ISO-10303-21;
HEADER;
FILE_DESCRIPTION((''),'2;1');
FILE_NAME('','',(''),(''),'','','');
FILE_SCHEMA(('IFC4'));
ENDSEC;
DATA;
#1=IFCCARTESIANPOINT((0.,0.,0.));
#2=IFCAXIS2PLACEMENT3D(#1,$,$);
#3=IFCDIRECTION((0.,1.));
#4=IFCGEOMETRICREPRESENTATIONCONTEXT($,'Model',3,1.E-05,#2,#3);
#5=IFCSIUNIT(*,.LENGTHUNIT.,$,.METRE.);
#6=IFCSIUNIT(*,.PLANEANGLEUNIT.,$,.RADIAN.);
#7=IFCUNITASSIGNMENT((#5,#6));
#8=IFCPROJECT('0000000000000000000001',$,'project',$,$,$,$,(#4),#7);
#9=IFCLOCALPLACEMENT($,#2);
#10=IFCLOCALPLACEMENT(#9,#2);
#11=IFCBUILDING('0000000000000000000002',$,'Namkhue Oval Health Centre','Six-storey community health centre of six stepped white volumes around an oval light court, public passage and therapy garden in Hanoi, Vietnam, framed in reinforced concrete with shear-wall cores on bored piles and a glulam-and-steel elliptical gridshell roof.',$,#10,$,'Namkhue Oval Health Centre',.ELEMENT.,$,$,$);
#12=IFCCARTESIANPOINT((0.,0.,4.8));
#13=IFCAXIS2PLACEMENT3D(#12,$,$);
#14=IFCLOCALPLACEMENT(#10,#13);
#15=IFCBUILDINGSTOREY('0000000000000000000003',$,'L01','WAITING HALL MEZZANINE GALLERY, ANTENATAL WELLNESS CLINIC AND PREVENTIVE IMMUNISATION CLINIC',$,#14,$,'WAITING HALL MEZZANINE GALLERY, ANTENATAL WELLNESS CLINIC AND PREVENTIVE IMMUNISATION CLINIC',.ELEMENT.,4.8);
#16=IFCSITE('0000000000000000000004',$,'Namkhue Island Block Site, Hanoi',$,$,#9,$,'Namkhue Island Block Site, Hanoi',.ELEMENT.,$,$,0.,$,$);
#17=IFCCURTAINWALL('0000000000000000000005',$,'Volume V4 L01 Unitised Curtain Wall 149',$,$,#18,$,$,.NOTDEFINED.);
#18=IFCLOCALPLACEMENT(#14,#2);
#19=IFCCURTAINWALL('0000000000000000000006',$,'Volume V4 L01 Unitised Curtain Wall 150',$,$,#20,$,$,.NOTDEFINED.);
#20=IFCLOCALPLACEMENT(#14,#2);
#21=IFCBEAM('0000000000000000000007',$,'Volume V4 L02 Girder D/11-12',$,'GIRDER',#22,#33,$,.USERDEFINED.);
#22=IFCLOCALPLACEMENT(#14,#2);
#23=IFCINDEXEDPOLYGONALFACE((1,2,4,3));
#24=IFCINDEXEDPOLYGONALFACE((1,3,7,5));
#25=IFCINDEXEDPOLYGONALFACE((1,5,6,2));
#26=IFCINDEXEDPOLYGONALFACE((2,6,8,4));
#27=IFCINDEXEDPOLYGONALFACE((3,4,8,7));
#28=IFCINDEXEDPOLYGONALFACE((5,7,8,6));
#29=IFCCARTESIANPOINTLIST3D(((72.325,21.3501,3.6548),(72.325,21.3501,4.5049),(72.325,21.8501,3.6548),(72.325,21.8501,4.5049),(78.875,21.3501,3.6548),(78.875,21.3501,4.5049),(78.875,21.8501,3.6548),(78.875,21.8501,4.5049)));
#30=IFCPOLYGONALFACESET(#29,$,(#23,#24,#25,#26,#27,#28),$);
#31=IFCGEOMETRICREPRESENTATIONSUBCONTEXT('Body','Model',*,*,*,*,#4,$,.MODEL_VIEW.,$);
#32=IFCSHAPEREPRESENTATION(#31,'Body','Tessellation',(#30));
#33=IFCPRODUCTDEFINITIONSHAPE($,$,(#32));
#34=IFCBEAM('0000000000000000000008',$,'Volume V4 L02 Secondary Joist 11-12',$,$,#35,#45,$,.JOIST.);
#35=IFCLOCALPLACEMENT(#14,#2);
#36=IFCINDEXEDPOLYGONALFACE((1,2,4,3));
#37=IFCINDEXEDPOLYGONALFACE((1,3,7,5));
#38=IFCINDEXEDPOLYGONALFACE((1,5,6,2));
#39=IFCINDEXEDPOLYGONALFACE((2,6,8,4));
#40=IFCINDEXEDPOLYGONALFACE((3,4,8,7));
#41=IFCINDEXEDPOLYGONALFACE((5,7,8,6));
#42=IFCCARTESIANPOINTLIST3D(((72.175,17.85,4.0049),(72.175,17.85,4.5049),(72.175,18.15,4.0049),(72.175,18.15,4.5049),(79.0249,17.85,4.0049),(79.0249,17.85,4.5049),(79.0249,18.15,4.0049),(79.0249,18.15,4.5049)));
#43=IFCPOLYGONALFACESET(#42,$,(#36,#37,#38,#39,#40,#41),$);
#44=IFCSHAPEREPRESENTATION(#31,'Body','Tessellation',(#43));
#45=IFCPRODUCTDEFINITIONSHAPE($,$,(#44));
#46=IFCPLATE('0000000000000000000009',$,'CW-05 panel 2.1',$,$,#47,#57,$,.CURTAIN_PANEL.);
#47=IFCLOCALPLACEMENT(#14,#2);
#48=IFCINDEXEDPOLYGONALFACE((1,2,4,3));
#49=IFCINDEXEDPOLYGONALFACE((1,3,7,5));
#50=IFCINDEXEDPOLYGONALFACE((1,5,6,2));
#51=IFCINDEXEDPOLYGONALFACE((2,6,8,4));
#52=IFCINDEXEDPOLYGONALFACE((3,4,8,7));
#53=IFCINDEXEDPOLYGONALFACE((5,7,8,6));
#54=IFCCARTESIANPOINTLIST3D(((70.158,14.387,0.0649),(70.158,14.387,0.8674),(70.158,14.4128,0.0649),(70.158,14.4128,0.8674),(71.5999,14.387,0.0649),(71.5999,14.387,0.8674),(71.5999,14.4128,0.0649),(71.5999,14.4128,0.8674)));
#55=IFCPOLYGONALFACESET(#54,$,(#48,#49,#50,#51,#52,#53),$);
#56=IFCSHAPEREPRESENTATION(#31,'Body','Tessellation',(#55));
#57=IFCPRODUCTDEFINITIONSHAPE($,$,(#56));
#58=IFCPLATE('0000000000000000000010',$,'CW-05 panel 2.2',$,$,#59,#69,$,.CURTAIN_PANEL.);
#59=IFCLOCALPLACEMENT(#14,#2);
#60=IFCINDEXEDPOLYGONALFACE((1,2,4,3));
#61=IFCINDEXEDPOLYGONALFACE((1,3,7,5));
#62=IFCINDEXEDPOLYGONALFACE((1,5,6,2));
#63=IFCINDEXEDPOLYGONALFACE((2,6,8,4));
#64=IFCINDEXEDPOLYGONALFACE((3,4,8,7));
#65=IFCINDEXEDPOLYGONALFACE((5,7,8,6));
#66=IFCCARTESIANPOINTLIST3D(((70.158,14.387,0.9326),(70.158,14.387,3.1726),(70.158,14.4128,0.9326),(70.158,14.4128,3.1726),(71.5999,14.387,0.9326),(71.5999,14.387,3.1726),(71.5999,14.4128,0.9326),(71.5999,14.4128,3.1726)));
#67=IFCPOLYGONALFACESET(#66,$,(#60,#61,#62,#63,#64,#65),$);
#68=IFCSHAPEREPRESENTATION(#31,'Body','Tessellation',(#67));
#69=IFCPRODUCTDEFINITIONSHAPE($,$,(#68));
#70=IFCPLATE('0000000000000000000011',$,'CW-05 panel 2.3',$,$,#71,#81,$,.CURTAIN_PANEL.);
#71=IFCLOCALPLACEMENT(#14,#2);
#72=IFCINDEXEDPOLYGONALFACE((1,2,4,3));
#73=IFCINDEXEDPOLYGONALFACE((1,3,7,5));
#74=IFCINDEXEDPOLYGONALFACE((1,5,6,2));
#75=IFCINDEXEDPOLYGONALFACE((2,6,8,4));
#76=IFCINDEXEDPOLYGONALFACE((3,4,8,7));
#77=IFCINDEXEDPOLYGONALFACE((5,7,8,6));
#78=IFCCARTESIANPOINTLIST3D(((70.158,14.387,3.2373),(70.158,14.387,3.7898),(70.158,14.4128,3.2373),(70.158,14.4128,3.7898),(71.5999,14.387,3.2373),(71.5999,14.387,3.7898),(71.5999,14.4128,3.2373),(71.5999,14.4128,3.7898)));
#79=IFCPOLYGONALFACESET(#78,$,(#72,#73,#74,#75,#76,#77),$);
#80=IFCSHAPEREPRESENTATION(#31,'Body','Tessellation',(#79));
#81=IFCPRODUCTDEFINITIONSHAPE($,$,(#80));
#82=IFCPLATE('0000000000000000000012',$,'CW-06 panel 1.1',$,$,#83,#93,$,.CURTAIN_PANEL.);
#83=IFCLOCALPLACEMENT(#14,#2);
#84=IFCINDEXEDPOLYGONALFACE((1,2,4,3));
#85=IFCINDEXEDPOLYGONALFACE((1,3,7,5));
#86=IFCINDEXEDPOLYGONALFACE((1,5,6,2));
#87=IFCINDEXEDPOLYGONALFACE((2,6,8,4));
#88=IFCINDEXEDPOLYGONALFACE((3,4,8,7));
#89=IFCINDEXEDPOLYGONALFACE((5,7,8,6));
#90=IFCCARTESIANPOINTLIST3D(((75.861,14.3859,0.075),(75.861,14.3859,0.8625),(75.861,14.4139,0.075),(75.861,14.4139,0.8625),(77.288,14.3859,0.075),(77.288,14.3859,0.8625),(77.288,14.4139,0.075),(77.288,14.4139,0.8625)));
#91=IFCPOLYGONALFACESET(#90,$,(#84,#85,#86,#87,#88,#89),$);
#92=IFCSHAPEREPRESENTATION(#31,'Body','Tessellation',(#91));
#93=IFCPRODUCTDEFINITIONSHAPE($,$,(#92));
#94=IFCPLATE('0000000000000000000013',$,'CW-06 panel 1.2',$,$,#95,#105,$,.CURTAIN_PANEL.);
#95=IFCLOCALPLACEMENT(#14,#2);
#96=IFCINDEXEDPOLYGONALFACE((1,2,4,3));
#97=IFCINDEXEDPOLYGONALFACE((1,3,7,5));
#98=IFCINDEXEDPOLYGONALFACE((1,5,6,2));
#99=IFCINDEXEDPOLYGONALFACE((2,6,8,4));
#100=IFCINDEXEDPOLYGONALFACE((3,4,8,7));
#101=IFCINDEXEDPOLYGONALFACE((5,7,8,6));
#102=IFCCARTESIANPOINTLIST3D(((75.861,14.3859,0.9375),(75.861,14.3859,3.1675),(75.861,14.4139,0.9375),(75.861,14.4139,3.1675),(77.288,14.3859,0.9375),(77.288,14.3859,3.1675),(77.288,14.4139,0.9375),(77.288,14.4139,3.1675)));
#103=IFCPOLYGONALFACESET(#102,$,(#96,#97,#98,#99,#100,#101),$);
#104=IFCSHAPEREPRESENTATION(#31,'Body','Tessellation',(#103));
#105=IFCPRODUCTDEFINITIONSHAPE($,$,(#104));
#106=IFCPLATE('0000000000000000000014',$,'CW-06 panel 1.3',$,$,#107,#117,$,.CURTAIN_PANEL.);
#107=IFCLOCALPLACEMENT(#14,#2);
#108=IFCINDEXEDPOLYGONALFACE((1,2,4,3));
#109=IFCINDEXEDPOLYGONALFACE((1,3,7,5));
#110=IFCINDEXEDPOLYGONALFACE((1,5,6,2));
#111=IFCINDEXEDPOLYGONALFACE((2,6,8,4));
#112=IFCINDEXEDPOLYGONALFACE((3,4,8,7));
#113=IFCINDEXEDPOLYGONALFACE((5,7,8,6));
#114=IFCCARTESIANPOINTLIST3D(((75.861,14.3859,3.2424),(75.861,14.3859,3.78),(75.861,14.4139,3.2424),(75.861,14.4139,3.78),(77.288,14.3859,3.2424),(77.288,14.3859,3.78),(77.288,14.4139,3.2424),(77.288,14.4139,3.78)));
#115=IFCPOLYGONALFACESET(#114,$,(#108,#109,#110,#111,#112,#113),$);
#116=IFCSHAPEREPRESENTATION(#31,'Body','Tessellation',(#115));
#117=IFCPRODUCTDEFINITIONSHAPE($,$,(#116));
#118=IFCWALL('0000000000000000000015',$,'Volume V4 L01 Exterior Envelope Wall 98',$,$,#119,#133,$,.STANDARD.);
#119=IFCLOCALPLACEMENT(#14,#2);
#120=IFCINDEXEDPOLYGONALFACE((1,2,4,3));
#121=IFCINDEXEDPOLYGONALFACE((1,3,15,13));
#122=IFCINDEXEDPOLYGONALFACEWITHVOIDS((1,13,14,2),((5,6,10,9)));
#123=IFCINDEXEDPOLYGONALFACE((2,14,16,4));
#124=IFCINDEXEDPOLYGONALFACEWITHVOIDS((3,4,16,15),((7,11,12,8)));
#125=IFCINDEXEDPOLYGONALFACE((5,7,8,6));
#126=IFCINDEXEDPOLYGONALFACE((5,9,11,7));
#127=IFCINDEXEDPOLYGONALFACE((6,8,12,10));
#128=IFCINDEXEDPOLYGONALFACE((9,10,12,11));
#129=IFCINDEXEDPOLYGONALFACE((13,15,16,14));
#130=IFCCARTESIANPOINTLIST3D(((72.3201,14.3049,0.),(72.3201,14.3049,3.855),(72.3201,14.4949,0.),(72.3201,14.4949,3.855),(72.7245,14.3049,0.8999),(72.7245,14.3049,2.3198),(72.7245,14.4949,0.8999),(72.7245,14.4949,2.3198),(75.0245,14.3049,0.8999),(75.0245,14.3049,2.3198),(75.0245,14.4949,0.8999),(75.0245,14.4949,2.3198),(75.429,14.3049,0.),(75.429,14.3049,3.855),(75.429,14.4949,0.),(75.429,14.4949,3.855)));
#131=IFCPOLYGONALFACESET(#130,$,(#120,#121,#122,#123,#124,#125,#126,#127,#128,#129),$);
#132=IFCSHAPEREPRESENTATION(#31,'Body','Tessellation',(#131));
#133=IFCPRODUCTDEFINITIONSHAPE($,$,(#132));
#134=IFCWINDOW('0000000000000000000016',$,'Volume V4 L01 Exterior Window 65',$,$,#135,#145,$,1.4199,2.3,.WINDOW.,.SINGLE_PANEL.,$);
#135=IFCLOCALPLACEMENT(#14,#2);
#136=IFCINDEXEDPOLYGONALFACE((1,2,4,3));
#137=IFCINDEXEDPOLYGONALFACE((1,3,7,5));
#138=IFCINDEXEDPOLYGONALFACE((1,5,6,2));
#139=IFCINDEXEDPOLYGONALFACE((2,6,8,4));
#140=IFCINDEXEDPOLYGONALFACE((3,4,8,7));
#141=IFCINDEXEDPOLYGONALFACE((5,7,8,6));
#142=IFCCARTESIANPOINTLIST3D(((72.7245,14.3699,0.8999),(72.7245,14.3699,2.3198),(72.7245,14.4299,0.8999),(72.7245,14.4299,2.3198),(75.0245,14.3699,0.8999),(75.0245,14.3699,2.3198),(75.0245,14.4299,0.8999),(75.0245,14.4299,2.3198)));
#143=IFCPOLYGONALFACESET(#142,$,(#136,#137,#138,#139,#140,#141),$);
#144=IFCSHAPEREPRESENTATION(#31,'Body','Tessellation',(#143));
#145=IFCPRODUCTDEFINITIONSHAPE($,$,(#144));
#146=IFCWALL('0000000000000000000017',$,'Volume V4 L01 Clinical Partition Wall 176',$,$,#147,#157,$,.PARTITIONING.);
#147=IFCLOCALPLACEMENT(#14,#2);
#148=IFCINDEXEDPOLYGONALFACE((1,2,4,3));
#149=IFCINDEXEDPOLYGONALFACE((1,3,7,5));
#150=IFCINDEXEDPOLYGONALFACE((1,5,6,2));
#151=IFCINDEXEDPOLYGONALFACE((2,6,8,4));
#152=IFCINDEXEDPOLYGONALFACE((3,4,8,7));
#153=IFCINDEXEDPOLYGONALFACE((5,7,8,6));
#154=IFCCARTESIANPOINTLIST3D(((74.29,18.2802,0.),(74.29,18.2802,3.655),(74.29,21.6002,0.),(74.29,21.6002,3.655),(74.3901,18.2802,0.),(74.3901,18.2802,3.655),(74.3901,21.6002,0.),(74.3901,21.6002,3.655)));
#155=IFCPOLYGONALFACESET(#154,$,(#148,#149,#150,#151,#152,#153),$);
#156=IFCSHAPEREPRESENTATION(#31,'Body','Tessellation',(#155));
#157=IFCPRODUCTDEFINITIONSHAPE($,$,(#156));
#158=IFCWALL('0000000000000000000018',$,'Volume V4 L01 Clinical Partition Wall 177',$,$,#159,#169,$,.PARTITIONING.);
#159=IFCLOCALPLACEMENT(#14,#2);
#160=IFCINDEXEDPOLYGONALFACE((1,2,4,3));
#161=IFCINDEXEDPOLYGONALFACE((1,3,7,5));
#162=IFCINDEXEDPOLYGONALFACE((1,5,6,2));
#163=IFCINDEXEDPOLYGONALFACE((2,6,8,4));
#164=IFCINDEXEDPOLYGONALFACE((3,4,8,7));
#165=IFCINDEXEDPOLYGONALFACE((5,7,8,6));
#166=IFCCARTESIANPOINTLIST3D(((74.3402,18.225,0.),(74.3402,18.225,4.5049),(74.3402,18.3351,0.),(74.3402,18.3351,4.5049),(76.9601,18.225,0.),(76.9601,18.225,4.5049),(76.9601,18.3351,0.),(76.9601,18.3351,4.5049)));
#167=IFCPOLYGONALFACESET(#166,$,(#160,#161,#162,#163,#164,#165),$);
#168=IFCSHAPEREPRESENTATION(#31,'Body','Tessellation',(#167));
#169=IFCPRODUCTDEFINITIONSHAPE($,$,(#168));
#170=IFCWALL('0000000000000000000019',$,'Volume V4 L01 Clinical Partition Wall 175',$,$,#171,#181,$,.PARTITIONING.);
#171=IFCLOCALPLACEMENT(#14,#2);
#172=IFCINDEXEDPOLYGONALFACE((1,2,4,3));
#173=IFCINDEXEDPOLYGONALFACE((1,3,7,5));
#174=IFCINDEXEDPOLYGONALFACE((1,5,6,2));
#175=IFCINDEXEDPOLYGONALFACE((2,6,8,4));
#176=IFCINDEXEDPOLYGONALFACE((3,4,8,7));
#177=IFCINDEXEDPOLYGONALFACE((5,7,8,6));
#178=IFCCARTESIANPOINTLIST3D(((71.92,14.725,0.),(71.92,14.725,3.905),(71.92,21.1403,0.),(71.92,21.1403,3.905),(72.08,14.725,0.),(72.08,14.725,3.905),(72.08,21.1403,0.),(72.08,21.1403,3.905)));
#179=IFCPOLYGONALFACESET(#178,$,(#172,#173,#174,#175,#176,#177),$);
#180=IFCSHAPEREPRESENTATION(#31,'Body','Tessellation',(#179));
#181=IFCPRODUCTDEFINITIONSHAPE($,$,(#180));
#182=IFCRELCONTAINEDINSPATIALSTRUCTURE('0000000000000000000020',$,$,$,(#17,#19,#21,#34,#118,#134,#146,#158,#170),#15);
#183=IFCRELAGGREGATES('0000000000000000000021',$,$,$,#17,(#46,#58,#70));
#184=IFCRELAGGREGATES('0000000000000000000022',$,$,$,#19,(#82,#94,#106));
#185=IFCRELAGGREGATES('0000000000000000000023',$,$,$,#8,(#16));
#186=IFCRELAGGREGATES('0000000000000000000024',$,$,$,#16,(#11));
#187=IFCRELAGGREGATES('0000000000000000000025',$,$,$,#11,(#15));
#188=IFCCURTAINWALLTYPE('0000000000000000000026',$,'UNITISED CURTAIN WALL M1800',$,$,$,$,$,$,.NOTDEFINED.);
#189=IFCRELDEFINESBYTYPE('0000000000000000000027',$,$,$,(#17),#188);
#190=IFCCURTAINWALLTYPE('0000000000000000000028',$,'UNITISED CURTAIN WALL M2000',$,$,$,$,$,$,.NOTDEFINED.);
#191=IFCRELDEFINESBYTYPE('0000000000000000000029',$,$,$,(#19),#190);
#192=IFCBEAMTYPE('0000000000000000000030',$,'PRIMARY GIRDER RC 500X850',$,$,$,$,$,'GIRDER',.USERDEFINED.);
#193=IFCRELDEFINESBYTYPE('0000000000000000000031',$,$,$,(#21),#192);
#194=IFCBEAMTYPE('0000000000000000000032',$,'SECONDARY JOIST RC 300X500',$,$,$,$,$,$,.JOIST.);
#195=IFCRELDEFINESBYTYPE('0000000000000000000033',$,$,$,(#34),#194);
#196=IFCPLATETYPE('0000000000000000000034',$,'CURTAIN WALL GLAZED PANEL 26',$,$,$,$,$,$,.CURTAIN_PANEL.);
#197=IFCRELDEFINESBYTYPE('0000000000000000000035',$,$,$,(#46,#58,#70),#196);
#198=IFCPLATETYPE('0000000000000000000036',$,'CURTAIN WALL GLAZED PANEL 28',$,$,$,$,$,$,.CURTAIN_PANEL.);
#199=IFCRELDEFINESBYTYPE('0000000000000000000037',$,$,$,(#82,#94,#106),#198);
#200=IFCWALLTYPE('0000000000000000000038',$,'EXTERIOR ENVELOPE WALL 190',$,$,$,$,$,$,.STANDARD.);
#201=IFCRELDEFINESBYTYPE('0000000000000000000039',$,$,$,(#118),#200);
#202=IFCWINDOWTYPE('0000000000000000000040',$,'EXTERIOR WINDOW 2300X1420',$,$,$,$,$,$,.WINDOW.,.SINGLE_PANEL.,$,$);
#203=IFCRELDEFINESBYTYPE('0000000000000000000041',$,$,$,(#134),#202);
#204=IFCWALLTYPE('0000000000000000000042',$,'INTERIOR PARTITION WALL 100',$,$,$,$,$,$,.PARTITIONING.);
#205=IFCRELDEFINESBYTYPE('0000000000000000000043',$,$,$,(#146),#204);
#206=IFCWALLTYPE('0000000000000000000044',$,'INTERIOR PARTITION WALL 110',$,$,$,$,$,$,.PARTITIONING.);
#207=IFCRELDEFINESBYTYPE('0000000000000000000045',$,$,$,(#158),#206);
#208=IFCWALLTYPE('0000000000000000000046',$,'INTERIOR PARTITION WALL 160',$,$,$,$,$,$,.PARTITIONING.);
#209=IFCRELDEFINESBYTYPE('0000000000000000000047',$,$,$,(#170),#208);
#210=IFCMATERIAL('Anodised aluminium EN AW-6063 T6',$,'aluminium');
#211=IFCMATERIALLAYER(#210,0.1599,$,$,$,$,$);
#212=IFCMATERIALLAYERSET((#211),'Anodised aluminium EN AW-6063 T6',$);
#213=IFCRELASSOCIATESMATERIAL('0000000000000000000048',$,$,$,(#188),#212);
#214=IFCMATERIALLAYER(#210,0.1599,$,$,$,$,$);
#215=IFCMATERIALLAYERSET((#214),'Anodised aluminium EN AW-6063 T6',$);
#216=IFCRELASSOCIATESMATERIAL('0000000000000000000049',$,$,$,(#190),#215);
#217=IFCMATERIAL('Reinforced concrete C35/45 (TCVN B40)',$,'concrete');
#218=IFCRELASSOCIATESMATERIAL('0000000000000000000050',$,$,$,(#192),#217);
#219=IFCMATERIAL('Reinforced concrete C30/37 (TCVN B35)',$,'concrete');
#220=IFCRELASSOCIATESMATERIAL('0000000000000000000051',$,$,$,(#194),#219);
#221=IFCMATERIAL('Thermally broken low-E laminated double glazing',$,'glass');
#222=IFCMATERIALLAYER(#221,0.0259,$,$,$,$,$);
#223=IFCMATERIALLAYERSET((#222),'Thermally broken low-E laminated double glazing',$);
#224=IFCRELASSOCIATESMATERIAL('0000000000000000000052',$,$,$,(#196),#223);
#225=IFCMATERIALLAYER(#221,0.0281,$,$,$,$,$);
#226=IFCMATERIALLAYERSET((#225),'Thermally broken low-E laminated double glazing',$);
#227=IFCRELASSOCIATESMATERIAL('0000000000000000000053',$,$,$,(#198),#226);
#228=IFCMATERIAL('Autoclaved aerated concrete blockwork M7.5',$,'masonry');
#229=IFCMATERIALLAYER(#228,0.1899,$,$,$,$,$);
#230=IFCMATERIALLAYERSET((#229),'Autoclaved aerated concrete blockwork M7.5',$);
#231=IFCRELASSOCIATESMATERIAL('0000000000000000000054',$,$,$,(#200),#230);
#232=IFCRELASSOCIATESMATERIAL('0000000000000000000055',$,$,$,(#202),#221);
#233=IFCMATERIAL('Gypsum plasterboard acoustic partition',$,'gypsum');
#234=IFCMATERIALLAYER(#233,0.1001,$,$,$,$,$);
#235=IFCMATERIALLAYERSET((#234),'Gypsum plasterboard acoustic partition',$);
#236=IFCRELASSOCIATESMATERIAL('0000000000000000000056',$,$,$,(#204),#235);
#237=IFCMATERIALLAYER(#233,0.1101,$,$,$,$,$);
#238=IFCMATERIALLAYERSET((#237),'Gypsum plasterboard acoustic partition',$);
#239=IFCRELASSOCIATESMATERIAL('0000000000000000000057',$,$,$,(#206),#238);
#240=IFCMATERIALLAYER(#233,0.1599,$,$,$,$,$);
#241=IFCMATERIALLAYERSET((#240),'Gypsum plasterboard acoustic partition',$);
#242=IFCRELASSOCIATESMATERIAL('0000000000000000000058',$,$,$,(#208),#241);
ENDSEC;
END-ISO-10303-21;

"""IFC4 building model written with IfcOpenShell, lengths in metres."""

from ifc_helpers import new_model, si_unit, direction, frame, frame_2d, origin, origin_2d, place, context, subcontext, project, spatial, rectangle, extrude, material, layer, layer_set, material_profile, profile_set, type_object, element, fill, aggregate, save


model = new_model("IFC4")

# Units and contexts
model_context = context("Model", 3, precision=1e-05, world=origin(), true_north=direction((0.0, 1.0)))
body_context = subcontext(model_context, "Body", "Model", "MODEL_VIEW")
ifc_project = project(units=[si_unit("LENGTHUNIT", "METRE"), si_unit("PLANEANGLEUNIT", "RADIAN")], contexts=[model_context])

# Site, building, storey
site_placement = place(None, origin())
site = spatial("IfcSite", under=ifc_project, at=site_placement, Name="Namkhue Island Block Site, Hanoi", LongName="Namkhue Island Block Site, Hanoi", CompositionType="ELEMENT", RefElevation=0.0)
building_placement = place(site_placement, origin())
building = spatial("IfcBuilding", under=site, at=building_placement, Name="Namkhue Oval Health Centre", Description="Six-storey community health centre of six stepped white volumes around an oval light court, public passage and therapy garden in Hanoi, Vietnam, framed in reinforced concrete with shear-wall cores on bored piles and a glulam-and-steel elliptical gridshell roof.", LongName="Namkhue Oval Health Centre", CompositionType="ELEMENT")
storey_placement = place(building_placement, frame((0.0, 0.0, 4.8)))
storey = spatial("IfcBuildingStorey", under=building, at=storey_placement, Name="L01", Description="WAITING HALL MEZZANINE GALLERY, ANTENATAL WELLNESS CLINIC AND PREVENTIVE IMMUNISATION CLINIC", LongName="WAITING HALL MEZZANINE GALLERY, ANTENATAL WELLNESS CLINIC AND PREVENTIVE IMMUNISATION CLINIC", CompositionType="ELEMENT", Elevation=4.8)

# Shared definitions
ifc_material_1 = material(Name="Reinforced concrete C35/45 (TCVN B40)", Category="concrete")

# Curtain wall
ifc_material_2 = material(Name="Anodised aluminium EN AW-6063 T6", Category="aluminium")
ifc_layer_1 = layer(ifc_material_2, 0.1599)
ifc_layer_set_1 = layer_set([ifc_layer_1], Name="Anodised aluminium EN AW-6063 T6")
curtain_wall_type_1 = type_object("IfcCurtainWallType", Name="UNITISED CURTAIN WALL M1800", PredefinedType="NOTDEFINED", material=ifc_layer_set_1)
curtain_wall_1_placement = place(storey_placement, origin())
curtain_wall_1 = element("IfcCurtainWall", 1, at=curtain_wall_1_placement, inside=storey, type_object=curtain_wall_type_1, Name="Volume V4 L01 Unitised Curtain Wall 149", PredefinedType="NOTDEFINED")

# Curtain wall
ifc_layer_2 = layer(ifc_material_2, 0.1599)
ifc_layer_set_2 = layer_set([ifc_layer_2], Name="Anodised aluminium EN AW-6063 T6")
curtain_wall_type_2 = type_object("IfcCurtainWallType", Name="UNITISED CURTAIN WALL M2000", PredefinedType="NOTDEFINED", material=ifc_layer_set_2)
curtain_wall_2_placement = place(storey_placement, origin())
curtain_wall_2 = element("IfcCurtainWall", 2, at=curtain_wall_2_placement, inside=storey, type_object=curtain_wall_type_2, Name="Volume V4 L01 Unitised Curtain Wall 150", PredefinedType="NOTDEFINED")

# Beams
ifc_material_3 = material(Name="Reinforced concrete C30/37 (TCVN B35)", Category="concrete")
ifc_material_profile_1 = material_profile(ifc_material_1, rectangle(XDim=0.5, YDim=0.8501, at=origin_2d()), Name="RC 500x850")
ifc_profile_set_1 = profile_set([ifc_material_profile_1], Name="Reinforced concrete C35/45 (TCVN B40)")
beam_type_1 = type_object("IfcBeamType", Name="PRIMARY GIRDER RC 500X850", ElementType="GIRDER", PredefinedType="USERDEFINED", material=ifc_profile_set_1)
beam_1_placement = place(storey_placement, frame((72.325, 21.6001, 4.0798), z_axis=(1.0, 0.0, 0.0), x_axis=(0.0, 1.0, 0.0)))
element("IfcBeam", 3, at=beam_1_placement, inside=storey, type_object=beam_type_1, Name="Volume V4 L02 Girder D/11-12", ObjectType="GIRDER", PredefinedType="USERDEFINED", context=body_context, shape_type="SweptSolid", body=[
    extrude(rectangle(XDim=0.5, YDim=0.8501, at=origin_2d()), origin(), (0.0, 0.0, 1.0), 6.55),
])
ifc_material_profile_2 = material_profile(ifc_material_3, rectangle(XDim=0.3, YDim=0.5, at=origin_2d()), Name="RC 300x500")
ifc_profile_set_2 = profile_set([ifc_material_profile_2], Name="Reinforced concrete C30/37 (TCVN B35)")
beam_type_2 = type_object("IfcBeamType", Name="SECONDARY JOIST RC 300X500", PredefinedType="JOIST", material=ifc_profile_set_2)
beam_2_placement = place(storey_placement, frame((72.175, 18.0, 4.2549), z_axis=(1.0, 0.0, 0.0), x_axis=(0.0, 1.0, 0.0)))
element("IfcBeam", 4, at=beam_2_placement, inside=storey, type_object=beam_type_2, Name="Volume V4 L02 Secondary Joist 11-12", PredefinedType="JOIST", context=body_context, shape_type="SweptSolid", body=[
    extrude(rectangle(XDim=0.3, YDim=0.5, at=origin_2d()), origin(), (0.0, 0.0, 1.0), 6.8499),
])

# Plates
ifc_material_4 = material(Name="Thermally broken low-E laminated double glazing", Category="glass")
ifc_layer_3 = layer(ifc_material_4, 0.0259)
ifc_layer_set_3 = layer_set([ifc_layer_3], Name="Thermally broken low-E laminated double glazing")
plate_type_1 = type_object("IfcPlateType", Name="CURTAIN WALL GLAZED PANEL 26", PredefinedType="CURTAIN_PANEL", material=ifc_layer_set_3)
plate_1_placement = place(storey_placement, frame((70.8789, 14.3999, 0.0649), z_axis=(0.0, 0.0, 1.0), x_axis=(1.0, 0.0, 0.0)))
plate_1 = element("IfcPlate", 5, at=plate_1_placement, type_object=plate_type_1, Name="CW-05 panel 2.1", PredefinedType="CURTAIN_PANEL", context=body_context, shape_type="SweptSolid", body=[
    extrude(rectangle(XDim=1.4419, YDim=0.0259, at=origin_2d()), origin(), (0.0, 0.0, 1.0), 0.8025),
])
plate_2_placement = place(storey_placement, frame((70.8789, 14.3999, 0.9326), z_axis=(0.0, 0.0, 1.0), x_axis=(1.0, 0.0, 0.0)))
plate_2 = element("IfcPlate", 6, at=plate_2_placement, type_object=plate_type_1, Name="CW-05 panel 2.2", PredefinedType="CURTAIN_PANEL", context=body_context, shape_type="SweptSolid", body=[
    extrude(rectangle(XDim=1.4419, YDim=0.0259, at=origin_2d()), origin(), (0.0, 0.0, 1.0), 2.24),
])
plate_3_placement = place(storey_placement, frame((70.8789, 14.3999, 3.2373), z_axis=(0.0, 0.0, 1.0), x_axis=(1.0, 0.0, 0.0)))
plate_3 = element("IfcPlate", 7, at=plate_3_placement, type_object=plate_type_1, Name="CW-05 panel 2.3", PredefinedType="CURTAIN_PANEL", context=body_context, shape_type="SweptSolid", body=[
    extrude(rectangle(XDim=1.4419, YDim=0.0259, at=origin_2d()), origin(), (0.0, 0.0, 1.0), 0.5525),
])
aggregate(curtain_wall_1, [plate_1, plate_2, plate_3])
ifc_layer_4 = layer(ifc_material_4, 0.0281)
ifc_layer_set_4 = layer_set([ifc_layer_4], Name="Thermally broken low-E laminated double glazing")
plate_type_2 = type_object("IfcPlateType", Name="CURTAIN WALL GLAZED PANEL 28", PredefinedType="CURTAIN_PANEL", material=ifc_layer_set_4)
plate_4_placement = place(storey_placement, frame((76.5745, 14.3999, 0.075), z_axis=(0.0, 0.0, 1.0), x_axis=(1.0, 0.0, 0.0)))
plate_4 = element("IfcPlate", 8, at=plate_4_placement, type_object=plate_type_2, Name="CW-06 panel 1.1", PredefinedType="CURTAIN_PANEL", context=body_context, shape_type="SweptSolid", body=[
    extrude(rectangle(XDim=1.427, YDim=0.0281, at=origin_2d()), origin(), (0.0, 0.0, 1.0), 0.7876),
])
plate_5_placement = place(storey_placement, frame((76.5745, 14.3999, 0.9375), z_axis=(0.0, 0.0, 1.0), x_axis=(1.0, 0.0, 0.0)))
plate_5 = element("IfcPlate", 9, at=plate_5_placement, type_object=plate_type_2, Name="CW-06 panel 1.2", PredefinedType="CURTAIN_PANEL", context=body_context, shape_type="SweptSolid", body=[
    extrude(rectangle(XDim=1.427, YDim=0.0281, at=origin_2d()), origin(), (0.0, 0.0, 1.0), 2.23),
])
plate_6_placement = place(storey_placement, frame((76.5745, 14.3999, 3.2424), z_axis=(0.0, 0.0, 1.0), x_axis=(1.0, 0.0, 0.0)))
plate_6 = element("IfcPlate", 10, at=plate_6_placement, type_object=plate_type_2, Name="CW-06 panel 1.3", PredefinedType="CURTAIN_PANEL", context=body_context, shape_type="SweptSolid", body=[
    extrude(rectangle(XDim=1.427, YDim=0.0281, at=origin_2d()), origin(), (0.0, 0.0, 1.0), 0.5376),
])
aggregate(curtain_wall_2, [plate_4, plate_5, plate_6])

# Wall, opening, window
ifc_material_5 = material(Name="Autoclaved aerated concrete blockwork M7.5", Category="masonry")
ifc_layer_5 = layer(ifc_material_5, 0.1899)
ifc_layer_set_5 = layer_set([ifc_layer_5], Name="Autoclaved aerated concrete blockwork M7.5")
wall_type_1 = type_object("IfcWallType", Name="EXTERIOR ENVELOPE WALL 190", PredefinedType="STANDARD", material=ifc_layer_set_5)
wall_1_placement = place(storey_placement, frame((72.3201, 14.3999, 0.0), z_axis=(0.0, 0.0, 1.0), x_axis=(1.0, 0.0, 0.0)))
wall_1 = element("IfcWall", 11, at=wall_1_placement, inside=storey, type_object=wall_type_1, Name="Volume V4 L01 Exterior Envelope Wall 98", PredefinedType="STANDARD", context=body_context, shape_type="SweptSolid", body=[
    extrude(rectangle(XDim=3.1089, YDim=0.1899, at=frame_2d((1.5544, 0.0))), origin(), (0.0, 0.0, 1.0), 3.855),
])
opening_placement = place(wall_1_placement, frame((0.4045, 0.0, 0.8999)))
opening = element("IfcOpeningElement", 12, at=opening_placement, cuts=wall_1, PredefinedType="OPENING", context=body_context, shape_type="SweptSolid", body=[
    extrude(rectangle(XDim=2.3, YDim=1.4199, at=frame_2d((1.1499, 0.71))), frame((0.0, 0.105, 0.0), z_axis=(0.0, -1.0, 0.0), x_axis=(1.0, 0.0, 0.0)), (0.0, 0.0, 1.0), 0.21),
])
window_type = type_object("IfcWindowType", Name="EXTERIOR WINDOW 2300X1420", PartitioningType="SINGLE_PANEL", PredefinedType="WINDOW", material=ifc_material_4)
window_placement = place(opening_placement, origin())
window = element("IfcWindow", 13, at=window_placement, inside=storey, type_object=window_type, Name="Volume V4 L01 Exterior Window 65", OverallHeight=1.4199, OverallWidth=2.3, PartitioningType="SINGLE_PANEL", PredefinedType="WINDOW", context=body_context, shape_type="SweptSolid", body=[
    extrude(rectangle(XDim=2.3, YDim=1.4199, at=frame_2d((1.1499, 0.71))), frame((0.0, 0.03, 0.0), z_axis=(0.0, -1.0, 0.0), x_axis=(1.0, 0.0, 0.0)), (0.0, 0.0, 1.0), 0.0601),
])
fill(opening, window)

# Walls
ifc_material_6 = material(Name="Gypsum plasterboard acoustic partition", Category="gypsum")
ifc_layer_6 = layer(ifc_material_6, 0.1001)
ifc_layer_set_6 = layer_set([ifc_layer_6], Name="Gypsum plasterboard acoustic partition")
wall_type_2 = type_object("IfcWallType", Name="INTERIOR PARTITION WALL 100", PredefinedType="PARTITIONING", material=ifc_layer_set_6)
wall_2_placement = place(storey_placement, frame((74.3401, 18.28, 0.0), z_axis=(0.0, 0.0, 1.0), x_axis=(0.0, 1.0, 0.0)))
element("IfcWall", 14, at=wall_2_placement, inside=storey, type_object=wall_type_2, Name="Volume V4 L01 Clinical Partition Wall 176", PredefinedType="PARTITIONING", context=body_context, shape_type="SweptSolid", body=[
    extrude(rectangle(XDim=3.3201, YDim=0.1001, at=frame_2d((1.6602, 0.0))), origin(), (0.0, 0.0, 1.0), 3.655),
])
ifc_layer_7 = layer(ifc_material_6, 0.1101)
ifc_layer_set_7 = layer_set([ifc_layer_7], Name="Gypsum plasterboard acoustic partition")
wall_type_3 = type_object("IfcWallType", Name="INTERIOR PARTITION WALL 110", PredefinedType="PARTITIONING", material=ifc_layer_set_7)
wall_3_placement = place(storey_placement, frame((74.3401, 18.28, 0.0), z_axis=(0.0, 0.0, 1.0), x_axis=(1.0, 0.0, 0.0)))
element("IfcWall", 15, at=wall_3_placement, inside=storey, type_object=wall_type_3, Name="Volume V4 L01 Clinical Partition Wall 177", PredefinedType="PARTITIONING", context=body_context, shape_type="SweptSolid", body=[
    extrude(rectangle(XDim=2.6199, YDim=0.1101, at=frame_2d((1.3101, 0.0))), origin(), (0.0, 0.0, 1.0), 4.5049),
])
ifc_layer_8 = layer(ifc_material_6, 0.1599)
ifc_layer_set_8 = layer_set([ifc_layer_8], Name="Gypsum plasterboard acoustic partition")
wall_type_4 = type_object("IfcWallType", Name="INTERIOR PARTITION WALL 160", PredefinedType="PARTITIONING", material=ifc_layer_set_8)
wall_4_placement = place(storey_placement, frame((72.0, 14.7251, 0.0), z_axis=(0.0, 0.0, 1.0), x_axis=(0.0, 1.0, 0.0)))
element("IfcWall", 16, at=wall_4_placement, inside=storey, type_object=wall_type_4, Name="Volume V4 L01 Clinical Partition Wall 175", PredefinedType="PARTITIONING", context=body_context, shape_type="SweptSolid", body=[
    extrude(rectangle(XDim=6.4153, YDim=0.1599, at=frame_2d((3.2075, 0.0))), origin(), (0.0, 0.0, 1.0), 3.905),
])

save(model, "model.ifc")
